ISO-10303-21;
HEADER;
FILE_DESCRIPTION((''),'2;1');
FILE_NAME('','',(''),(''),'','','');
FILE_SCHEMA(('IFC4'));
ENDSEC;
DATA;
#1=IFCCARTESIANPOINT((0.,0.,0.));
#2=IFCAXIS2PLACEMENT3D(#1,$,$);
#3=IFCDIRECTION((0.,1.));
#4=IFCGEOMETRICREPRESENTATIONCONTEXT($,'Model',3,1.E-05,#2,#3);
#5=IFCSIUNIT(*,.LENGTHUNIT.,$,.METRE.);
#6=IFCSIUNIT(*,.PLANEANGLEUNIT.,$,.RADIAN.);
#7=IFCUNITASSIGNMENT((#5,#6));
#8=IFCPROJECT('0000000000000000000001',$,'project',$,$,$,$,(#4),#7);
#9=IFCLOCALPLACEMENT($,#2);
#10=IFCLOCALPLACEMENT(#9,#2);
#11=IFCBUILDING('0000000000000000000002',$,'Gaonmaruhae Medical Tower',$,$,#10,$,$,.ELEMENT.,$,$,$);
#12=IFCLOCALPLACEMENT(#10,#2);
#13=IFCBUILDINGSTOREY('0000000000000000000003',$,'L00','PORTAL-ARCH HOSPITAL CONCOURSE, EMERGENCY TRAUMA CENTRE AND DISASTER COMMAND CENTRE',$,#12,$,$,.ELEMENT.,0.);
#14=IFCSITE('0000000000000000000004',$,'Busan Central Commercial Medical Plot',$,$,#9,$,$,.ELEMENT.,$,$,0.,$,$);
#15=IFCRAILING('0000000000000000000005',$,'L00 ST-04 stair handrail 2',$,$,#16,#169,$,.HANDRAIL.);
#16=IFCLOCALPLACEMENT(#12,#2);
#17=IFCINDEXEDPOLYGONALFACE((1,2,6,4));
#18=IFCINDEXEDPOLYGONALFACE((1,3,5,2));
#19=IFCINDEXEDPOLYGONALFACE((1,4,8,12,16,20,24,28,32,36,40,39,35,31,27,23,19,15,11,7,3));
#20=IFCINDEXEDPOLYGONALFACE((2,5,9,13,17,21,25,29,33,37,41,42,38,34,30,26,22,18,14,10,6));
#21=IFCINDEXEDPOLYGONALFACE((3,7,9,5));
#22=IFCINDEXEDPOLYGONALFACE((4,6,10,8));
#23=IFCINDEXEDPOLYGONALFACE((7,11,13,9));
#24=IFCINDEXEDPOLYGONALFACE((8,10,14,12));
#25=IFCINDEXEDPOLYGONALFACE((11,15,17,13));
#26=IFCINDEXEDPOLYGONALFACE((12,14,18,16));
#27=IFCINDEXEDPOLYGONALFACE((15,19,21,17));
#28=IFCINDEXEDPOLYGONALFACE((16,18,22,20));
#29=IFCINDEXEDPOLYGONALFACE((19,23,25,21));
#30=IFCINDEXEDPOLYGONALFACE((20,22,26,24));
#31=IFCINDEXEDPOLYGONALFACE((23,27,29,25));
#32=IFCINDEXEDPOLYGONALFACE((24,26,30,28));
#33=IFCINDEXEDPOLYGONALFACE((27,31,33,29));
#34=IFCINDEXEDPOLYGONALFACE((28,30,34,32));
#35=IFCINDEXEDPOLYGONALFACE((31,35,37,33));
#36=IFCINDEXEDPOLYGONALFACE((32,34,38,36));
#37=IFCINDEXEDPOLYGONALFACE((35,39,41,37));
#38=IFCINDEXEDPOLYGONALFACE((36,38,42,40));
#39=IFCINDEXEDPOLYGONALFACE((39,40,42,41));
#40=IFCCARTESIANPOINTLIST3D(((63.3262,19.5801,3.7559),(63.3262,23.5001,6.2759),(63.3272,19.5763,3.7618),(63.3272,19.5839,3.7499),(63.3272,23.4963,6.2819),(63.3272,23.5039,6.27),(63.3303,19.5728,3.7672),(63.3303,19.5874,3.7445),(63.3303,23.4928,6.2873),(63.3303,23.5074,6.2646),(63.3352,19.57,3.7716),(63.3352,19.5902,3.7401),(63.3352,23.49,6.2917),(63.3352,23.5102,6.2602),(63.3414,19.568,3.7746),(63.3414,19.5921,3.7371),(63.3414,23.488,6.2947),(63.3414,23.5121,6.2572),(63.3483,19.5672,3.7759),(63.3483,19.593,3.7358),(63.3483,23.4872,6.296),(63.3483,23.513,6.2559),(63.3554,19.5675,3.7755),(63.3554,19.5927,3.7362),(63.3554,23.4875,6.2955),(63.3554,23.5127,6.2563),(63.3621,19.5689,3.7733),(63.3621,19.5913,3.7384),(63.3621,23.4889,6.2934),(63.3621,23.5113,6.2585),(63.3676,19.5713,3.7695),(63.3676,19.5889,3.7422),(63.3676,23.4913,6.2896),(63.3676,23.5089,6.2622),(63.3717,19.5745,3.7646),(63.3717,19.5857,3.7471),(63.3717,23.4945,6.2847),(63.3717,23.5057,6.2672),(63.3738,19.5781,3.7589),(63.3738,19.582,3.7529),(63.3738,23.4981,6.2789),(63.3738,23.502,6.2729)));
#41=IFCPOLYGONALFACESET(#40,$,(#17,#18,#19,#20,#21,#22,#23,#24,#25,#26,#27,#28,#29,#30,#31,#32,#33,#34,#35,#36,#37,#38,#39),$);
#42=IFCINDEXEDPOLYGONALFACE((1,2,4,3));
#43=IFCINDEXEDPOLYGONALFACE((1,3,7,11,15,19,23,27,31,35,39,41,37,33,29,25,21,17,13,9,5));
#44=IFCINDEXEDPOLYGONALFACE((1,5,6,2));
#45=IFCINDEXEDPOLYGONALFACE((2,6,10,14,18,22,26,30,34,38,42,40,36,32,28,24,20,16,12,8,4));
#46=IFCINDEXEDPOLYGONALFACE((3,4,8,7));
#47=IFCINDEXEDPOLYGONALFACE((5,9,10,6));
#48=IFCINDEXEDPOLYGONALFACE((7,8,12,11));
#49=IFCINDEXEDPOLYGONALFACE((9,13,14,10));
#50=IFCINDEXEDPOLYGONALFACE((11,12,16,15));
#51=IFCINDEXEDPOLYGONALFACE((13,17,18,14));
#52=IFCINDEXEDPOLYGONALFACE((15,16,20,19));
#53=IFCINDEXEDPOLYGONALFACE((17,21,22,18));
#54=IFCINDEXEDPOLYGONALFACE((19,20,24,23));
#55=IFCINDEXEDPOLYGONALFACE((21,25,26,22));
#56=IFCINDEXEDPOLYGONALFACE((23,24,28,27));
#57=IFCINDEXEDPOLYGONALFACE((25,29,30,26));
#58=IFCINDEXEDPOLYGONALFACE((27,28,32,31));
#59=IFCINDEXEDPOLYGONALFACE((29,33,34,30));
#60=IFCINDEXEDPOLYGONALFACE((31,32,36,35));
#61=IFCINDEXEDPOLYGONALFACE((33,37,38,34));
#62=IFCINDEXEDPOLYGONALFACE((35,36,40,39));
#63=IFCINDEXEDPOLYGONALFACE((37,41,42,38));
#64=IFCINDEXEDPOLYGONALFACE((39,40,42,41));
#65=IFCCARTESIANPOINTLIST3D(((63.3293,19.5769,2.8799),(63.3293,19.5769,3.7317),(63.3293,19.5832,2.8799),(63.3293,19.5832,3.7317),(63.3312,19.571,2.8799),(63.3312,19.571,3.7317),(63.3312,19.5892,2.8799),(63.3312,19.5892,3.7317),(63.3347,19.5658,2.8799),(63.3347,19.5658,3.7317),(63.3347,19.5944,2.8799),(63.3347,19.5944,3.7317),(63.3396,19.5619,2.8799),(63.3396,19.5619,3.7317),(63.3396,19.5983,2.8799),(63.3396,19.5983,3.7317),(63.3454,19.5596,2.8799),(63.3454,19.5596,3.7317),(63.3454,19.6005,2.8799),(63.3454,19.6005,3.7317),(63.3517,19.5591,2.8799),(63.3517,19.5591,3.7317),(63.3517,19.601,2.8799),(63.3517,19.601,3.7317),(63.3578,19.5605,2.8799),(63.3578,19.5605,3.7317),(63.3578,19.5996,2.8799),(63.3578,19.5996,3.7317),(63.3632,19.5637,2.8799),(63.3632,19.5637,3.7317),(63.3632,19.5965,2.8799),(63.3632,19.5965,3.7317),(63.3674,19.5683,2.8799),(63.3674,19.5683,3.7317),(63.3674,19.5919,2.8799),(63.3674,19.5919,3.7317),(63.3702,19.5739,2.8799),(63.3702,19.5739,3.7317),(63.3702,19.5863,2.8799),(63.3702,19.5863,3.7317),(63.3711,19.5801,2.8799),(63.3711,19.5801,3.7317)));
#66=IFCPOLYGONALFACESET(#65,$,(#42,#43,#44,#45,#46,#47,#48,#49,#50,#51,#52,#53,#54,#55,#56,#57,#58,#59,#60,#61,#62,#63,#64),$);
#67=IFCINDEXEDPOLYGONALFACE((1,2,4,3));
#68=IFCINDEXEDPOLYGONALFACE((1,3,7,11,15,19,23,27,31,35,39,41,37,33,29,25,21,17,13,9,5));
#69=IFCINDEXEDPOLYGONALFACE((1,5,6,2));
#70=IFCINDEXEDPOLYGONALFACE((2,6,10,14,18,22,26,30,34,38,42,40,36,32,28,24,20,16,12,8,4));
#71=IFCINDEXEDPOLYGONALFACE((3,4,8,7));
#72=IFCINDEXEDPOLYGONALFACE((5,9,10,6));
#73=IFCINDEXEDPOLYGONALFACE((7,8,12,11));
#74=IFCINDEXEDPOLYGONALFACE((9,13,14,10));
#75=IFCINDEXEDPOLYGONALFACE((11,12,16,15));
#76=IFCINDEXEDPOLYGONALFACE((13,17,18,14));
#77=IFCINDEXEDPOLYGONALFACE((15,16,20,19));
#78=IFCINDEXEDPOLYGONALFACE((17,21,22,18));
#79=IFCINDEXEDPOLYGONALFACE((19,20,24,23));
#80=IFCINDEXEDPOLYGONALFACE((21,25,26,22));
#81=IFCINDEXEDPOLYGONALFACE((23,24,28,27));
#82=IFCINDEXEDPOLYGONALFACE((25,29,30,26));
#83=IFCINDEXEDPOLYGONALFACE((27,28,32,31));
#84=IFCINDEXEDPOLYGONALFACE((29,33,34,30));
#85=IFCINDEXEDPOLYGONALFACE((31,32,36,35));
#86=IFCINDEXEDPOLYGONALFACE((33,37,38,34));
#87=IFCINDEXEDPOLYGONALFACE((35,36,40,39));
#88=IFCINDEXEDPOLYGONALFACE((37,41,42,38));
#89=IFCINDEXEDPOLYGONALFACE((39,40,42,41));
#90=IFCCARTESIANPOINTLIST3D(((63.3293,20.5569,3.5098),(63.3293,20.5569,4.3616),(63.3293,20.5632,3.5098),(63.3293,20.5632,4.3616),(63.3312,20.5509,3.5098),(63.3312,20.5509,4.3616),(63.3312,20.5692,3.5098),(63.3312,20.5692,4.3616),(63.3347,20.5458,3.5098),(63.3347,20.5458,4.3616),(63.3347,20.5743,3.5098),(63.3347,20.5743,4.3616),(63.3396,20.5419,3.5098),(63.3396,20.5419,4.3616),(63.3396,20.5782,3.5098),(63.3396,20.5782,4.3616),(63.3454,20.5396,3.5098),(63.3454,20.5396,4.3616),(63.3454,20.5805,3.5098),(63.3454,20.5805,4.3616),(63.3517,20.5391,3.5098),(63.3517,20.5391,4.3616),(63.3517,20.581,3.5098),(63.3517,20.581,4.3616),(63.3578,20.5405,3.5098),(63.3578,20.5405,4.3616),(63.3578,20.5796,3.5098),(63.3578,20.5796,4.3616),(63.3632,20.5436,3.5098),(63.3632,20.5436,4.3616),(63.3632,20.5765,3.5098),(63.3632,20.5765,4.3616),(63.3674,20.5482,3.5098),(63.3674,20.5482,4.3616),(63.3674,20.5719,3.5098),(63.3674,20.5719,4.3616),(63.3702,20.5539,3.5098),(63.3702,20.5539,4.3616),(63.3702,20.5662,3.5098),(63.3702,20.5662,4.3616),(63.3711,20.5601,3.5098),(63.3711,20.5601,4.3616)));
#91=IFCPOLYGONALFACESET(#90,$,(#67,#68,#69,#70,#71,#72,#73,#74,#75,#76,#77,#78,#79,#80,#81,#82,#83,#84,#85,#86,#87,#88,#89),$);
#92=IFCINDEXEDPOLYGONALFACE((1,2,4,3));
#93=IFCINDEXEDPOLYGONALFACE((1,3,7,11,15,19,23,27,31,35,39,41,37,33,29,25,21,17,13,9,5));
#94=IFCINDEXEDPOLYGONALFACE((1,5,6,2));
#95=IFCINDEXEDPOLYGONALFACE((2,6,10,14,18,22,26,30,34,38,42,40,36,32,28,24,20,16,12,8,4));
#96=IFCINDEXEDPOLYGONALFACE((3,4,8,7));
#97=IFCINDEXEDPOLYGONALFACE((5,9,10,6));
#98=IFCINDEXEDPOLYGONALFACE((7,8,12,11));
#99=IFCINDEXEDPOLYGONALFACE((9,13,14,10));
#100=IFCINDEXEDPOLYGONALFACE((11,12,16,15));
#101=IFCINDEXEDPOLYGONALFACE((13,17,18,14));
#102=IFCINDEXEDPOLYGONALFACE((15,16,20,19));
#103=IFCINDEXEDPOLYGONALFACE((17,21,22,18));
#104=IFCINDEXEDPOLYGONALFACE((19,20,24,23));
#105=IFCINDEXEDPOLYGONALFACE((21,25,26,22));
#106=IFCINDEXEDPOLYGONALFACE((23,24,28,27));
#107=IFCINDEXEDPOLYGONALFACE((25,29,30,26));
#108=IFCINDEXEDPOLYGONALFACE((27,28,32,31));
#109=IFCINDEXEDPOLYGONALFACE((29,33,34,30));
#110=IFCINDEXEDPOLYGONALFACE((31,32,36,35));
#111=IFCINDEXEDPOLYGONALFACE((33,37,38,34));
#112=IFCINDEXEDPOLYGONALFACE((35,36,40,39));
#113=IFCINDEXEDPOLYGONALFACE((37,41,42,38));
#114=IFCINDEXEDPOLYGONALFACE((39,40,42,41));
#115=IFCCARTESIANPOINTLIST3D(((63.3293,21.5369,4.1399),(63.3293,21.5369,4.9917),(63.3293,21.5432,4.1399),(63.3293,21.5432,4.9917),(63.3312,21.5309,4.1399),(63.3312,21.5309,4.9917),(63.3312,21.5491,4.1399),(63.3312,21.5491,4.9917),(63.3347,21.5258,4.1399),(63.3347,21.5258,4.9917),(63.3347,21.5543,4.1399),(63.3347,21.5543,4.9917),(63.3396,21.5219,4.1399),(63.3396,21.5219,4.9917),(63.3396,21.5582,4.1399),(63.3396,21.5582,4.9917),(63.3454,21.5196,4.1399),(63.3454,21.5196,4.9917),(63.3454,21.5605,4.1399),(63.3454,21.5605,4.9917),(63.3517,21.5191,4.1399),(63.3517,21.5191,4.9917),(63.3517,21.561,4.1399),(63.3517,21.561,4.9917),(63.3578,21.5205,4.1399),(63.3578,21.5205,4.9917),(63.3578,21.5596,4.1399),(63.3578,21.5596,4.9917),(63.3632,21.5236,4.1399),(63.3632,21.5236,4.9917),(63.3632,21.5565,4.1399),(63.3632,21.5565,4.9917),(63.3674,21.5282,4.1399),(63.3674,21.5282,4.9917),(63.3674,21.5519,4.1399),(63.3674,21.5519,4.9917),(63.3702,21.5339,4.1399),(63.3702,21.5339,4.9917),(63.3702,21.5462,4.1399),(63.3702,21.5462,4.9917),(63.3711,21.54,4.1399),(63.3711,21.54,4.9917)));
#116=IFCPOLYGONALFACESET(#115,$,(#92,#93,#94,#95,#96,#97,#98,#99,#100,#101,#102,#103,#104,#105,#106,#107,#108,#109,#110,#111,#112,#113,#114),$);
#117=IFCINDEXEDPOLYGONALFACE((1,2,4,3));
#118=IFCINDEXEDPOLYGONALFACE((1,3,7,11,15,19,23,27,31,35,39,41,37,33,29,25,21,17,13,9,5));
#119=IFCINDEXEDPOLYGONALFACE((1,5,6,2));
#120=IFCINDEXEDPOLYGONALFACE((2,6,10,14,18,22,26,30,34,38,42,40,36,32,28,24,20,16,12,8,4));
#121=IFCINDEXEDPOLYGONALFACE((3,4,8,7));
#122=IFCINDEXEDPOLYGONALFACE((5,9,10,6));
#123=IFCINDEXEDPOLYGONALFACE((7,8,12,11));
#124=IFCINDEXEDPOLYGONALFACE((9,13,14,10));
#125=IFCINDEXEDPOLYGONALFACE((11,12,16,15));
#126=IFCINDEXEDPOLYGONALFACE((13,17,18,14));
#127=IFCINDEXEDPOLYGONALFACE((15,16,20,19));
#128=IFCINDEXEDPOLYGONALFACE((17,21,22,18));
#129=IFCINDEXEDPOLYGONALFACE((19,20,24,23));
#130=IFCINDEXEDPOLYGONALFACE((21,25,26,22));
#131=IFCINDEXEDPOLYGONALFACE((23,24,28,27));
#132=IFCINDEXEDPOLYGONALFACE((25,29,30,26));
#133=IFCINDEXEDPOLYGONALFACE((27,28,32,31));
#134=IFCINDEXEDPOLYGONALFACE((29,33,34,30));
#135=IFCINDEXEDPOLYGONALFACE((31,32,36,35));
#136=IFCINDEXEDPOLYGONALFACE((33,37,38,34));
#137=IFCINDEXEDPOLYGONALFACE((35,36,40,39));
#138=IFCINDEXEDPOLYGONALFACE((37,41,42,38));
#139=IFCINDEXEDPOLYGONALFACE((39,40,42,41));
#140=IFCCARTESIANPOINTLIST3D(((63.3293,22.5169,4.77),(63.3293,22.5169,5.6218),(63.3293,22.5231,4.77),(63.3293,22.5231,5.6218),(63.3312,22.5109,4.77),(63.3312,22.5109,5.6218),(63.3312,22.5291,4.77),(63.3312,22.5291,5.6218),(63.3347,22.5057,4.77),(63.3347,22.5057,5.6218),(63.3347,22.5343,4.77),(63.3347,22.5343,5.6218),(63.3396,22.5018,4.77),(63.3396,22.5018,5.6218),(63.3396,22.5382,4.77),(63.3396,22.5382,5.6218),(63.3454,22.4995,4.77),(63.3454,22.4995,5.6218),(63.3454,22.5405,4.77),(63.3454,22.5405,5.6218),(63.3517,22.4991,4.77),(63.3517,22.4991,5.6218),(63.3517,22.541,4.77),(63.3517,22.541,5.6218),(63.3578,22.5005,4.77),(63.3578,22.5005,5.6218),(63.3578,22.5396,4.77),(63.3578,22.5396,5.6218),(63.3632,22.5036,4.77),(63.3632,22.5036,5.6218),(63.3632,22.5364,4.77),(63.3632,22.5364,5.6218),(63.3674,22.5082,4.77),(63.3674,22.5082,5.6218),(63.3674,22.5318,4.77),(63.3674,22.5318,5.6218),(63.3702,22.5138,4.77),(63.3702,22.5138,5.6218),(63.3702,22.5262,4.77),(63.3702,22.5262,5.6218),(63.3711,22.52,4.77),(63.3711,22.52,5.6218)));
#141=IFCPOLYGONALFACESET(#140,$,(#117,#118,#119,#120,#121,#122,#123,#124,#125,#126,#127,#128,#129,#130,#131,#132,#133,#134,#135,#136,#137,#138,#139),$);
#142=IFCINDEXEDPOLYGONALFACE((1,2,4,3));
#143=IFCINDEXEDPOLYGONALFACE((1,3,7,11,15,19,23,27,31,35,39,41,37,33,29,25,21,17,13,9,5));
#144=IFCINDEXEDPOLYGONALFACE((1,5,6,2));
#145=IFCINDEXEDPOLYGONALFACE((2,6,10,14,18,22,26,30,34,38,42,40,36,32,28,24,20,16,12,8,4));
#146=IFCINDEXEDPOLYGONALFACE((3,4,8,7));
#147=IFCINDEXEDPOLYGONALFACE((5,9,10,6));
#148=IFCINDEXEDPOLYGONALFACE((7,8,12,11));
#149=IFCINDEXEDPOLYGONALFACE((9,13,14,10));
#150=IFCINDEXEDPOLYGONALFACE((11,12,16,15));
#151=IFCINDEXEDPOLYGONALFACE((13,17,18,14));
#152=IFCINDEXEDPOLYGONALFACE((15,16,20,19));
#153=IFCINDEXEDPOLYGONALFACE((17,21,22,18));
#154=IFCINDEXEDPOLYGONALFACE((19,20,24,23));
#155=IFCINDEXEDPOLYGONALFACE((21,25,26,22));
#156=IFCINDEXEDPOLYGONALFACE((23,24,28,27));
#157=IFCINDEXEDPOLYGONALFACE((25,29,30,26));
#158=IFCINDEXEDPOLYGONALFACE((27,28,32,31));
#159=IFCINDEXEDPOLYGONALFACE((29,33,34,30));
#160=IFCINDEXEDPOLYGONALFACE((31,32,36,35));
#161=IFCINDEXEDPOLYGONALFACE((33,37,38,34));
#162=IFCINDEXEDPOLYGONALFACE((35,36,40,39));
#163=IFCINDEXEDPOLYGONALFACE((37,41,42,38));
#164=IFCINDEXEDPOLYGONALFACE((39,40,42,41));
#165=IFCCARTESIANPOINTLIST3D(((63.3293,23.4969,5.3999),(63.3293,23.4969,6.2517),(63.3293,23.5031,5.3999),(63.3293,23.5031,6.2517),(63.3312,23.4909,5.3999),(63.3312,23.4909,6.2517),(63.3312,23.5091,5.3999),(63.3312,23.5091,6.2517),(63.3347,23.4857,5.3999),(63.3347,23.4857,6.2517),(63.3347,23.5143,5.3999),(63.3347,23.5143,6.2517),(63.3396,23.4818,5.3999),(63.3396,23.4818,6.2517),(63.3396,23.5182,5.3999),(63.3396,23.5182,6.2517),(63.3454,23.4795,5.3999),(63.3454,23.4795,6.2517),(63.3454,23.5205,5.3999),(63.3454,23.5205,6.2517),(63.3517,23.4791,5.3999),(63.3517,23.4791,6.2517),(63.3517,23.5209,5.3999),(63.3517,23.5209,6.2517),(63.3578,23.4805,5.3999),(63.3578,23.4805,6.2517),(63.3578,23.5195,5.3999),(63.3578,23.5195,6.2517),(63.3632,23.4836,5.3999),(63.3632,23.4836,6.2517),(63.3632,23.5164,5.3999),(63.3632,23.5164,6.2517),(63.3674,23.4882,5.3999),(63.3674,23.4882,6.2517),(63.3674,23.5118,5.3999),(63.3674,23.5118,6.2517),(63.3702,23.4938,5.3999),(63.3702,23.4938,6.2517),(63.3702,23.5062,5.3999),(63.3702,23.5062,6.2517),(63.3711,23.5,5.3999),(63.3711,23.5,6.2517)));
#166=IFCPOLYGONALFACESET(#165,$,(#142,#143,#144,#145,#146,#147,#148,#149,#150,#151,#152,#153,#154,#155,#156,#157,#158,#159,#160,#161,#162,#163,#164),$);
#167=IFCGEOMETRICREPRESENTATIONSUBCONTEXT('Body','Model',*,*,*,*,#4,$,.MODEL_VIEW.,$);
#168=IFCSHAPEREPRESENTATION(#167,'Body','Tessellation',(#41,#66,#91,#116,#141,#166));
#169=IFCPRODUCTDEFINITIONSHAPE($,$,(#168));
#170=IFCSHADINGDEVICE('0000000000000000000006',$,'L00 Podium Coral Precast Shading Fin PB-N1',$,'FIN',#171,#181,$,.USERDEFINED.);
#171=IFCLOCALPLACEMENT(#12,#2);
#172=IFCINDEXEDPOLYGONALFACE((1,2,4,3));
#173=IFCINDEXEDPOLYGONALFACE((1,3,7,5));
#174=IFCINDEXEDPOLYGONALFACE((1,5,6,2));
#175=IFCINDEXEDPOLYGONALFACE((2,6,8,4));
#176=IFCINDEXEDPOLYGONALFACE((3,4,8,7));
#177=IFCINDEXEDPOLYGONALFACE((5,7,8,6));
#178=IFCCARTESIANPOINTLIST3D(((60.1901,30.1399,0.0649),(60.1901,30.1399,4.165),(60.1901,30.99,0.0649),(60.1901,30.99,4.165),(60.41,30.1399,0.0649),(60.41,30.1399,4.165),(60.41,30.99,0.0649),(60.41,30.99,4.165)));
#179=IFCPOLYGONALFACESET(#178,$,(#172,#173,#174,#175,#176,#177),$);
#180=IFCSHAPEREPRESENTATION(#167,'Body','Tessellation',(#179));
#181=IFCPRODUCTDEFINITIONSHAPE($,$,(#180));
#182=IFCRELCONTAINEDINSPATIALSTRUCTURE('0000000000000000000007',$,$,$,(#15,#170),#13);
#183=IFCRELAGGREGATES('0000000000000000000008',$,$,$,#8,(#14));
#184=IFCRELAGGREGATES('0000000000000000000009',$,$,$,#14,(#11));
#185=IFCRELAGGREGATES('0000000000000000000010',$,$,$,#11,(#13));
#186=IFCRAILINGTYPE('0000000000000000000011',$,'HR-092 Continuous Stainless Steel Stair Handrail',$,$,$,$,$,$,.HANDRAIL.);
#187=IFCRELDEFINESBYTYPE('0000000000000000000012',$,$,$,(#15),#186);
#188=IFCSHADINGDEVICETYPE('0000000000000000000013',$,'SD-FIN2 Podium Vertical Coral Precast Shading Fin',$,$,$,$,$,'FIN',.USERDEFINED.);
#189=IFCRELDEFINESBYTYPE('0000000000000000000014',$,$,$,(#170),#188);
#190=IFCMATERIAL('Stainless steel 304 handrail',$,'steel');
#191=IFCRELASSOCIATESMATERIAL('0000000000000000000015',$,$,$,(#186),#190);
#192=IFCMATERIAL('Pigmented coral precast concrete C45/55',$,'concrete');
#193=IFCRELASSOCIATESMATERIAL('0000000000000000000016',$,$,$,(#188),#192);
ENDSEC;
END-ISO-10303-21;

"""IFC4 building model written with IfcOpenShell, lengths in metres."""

from ifc_helpers import new_model, si_unit, direction, frame, origin, origin_2d, place, context, subcontext, project, spatial, rectangle, circle, extrude, material, type_object, element, save


model = new_model("IFC4")

# Units and contexts
model_context = context("Model", 3, precision=1e-05, world=origin(), true_north=direction((0.0, 1.0)))
body_context = subcontext(model_context, "Body", "Model", "MODEL_VIEW")
ifc_project = project(units=[si_unit("LENGTHUNIT", "METRE"), si_unit("PLANEANGLEUNIT", "RADIAN")], contexts=[model_context])

# Site, building, storey
site_placement = place(None, origin())
site = spatial("IfcSite", under=ifc_project, at=site_placement, Name="Busan Central Commercial Medical Plot", CompositionType="ELEMENT", RefElevation=0.0)
building_placement = place(site_placement, origin())
building = spatial("IfcBuilding", under=site, at=building_placement, Name="Gaonmaruhae Medical Tower", CompositionType="ELEMENT")
storey_placement = place(building_placement, origin())
storey = spatial("IfcBuildingStorey", under=building, at=storey_placement, Name="L00", Description="PORTAL-ARCH HOSPITAL CONCOURSE, EMERGENCY TRAUMA CENTRE AND DISASTER COMMAND CENTRE", CompositionType="ELEMENT", Elevation=0.0)

# Railing
ifc_material_1 = material(Name="Stainless steel 304 handrail", Category="steel")
railing_type_1 = type_object("IfcRailingType", Name="HR-092 Continuous Stainless Steel Stair Handrail", PredefinedType="HANDRAIL", material=ifc_material_1)
railing_1_placement = place(storey_placement, frame((63.3501, 19.5801, 2.8799)))
element("IfcRailing", 1, at=railing_1_placement, inside=storey, type_object=railing_type_1, Name="L00 ST-04 stair handrail 2", PredefinedType="HANDRAIL", context=body_context, shape_type="SweptSolid", body=[
    extrude(circle(Radius=0.0239, at=origin_2d()), frame((0.0, 0.0, 0.876), z_axis=(0.0, 0.841172, 0.540768), x_axis=(-1.0, 0.0, 0.0)), (0.0, 0.0, 1.0), 4.6602),
    extrude(circle(Radius=0.021, at=origin_2d()), origin(), (0.0, 0.0, 1.0), 0.8518),
    extrude(circle(Radius=0.021, at=origin_2d()), frame((0.0, 0.98, 0.6299)), (0.0, 0.0, 1.0), 0.8518),
    extrude(circle(Radius=0.021, at=origin_2d()), frame((0.0, 1.96, 1.26)), (0.0, 0.0, 1.0), 0.8518),
    extrude(circle(Radius=0.021, at=origin_2d()), frame((0.0, 2.9399, 1.8901)), (0.0, 0.0, 1.0), 0.8518),
    extrude(circle(Radius=0.021, at=origin_2d()), frame((0.0, 3.9199, 2.52)), (0.0, 0.0, 1.0), 0.8518),
])

# Shading device
ifc_material_2 = material(Name="Pigmented coral precast concrete C45/55", Category="concrete")
shading_device_type = type_object("IfcShadingDeviceType", Name="SD-FIN2 Podium Vertical Coral Precast Shading Fin", ElementType="FIN", PredefinedType="USERDEFINED", material=ifc_material_2)
shading_device_placement = place(storey_placement, frame((60.3, 30.5649, 0.0649), z_axis=(0.0, 0.0, 1.0), x_axis=(1.0, 0.0, 0.0)))
element("IfcShadingDevice", 2, at=shading_device_placement, inside=storey, type_object=shading_device_type, Name="L00 Podium Coral Precast Shading Fin PB-N1", ObjectType="FIN", PredefinedType="USERDEFINED", context=body_context, shape_type="SweptSolid", body=[
    extrude(rectangle(XDim=0.22, YDim=0.8501, at=origin_2d()), origin(), (0.0, 0.0, 1.0), 4.1001),
])

save(model, "model.ifc")
